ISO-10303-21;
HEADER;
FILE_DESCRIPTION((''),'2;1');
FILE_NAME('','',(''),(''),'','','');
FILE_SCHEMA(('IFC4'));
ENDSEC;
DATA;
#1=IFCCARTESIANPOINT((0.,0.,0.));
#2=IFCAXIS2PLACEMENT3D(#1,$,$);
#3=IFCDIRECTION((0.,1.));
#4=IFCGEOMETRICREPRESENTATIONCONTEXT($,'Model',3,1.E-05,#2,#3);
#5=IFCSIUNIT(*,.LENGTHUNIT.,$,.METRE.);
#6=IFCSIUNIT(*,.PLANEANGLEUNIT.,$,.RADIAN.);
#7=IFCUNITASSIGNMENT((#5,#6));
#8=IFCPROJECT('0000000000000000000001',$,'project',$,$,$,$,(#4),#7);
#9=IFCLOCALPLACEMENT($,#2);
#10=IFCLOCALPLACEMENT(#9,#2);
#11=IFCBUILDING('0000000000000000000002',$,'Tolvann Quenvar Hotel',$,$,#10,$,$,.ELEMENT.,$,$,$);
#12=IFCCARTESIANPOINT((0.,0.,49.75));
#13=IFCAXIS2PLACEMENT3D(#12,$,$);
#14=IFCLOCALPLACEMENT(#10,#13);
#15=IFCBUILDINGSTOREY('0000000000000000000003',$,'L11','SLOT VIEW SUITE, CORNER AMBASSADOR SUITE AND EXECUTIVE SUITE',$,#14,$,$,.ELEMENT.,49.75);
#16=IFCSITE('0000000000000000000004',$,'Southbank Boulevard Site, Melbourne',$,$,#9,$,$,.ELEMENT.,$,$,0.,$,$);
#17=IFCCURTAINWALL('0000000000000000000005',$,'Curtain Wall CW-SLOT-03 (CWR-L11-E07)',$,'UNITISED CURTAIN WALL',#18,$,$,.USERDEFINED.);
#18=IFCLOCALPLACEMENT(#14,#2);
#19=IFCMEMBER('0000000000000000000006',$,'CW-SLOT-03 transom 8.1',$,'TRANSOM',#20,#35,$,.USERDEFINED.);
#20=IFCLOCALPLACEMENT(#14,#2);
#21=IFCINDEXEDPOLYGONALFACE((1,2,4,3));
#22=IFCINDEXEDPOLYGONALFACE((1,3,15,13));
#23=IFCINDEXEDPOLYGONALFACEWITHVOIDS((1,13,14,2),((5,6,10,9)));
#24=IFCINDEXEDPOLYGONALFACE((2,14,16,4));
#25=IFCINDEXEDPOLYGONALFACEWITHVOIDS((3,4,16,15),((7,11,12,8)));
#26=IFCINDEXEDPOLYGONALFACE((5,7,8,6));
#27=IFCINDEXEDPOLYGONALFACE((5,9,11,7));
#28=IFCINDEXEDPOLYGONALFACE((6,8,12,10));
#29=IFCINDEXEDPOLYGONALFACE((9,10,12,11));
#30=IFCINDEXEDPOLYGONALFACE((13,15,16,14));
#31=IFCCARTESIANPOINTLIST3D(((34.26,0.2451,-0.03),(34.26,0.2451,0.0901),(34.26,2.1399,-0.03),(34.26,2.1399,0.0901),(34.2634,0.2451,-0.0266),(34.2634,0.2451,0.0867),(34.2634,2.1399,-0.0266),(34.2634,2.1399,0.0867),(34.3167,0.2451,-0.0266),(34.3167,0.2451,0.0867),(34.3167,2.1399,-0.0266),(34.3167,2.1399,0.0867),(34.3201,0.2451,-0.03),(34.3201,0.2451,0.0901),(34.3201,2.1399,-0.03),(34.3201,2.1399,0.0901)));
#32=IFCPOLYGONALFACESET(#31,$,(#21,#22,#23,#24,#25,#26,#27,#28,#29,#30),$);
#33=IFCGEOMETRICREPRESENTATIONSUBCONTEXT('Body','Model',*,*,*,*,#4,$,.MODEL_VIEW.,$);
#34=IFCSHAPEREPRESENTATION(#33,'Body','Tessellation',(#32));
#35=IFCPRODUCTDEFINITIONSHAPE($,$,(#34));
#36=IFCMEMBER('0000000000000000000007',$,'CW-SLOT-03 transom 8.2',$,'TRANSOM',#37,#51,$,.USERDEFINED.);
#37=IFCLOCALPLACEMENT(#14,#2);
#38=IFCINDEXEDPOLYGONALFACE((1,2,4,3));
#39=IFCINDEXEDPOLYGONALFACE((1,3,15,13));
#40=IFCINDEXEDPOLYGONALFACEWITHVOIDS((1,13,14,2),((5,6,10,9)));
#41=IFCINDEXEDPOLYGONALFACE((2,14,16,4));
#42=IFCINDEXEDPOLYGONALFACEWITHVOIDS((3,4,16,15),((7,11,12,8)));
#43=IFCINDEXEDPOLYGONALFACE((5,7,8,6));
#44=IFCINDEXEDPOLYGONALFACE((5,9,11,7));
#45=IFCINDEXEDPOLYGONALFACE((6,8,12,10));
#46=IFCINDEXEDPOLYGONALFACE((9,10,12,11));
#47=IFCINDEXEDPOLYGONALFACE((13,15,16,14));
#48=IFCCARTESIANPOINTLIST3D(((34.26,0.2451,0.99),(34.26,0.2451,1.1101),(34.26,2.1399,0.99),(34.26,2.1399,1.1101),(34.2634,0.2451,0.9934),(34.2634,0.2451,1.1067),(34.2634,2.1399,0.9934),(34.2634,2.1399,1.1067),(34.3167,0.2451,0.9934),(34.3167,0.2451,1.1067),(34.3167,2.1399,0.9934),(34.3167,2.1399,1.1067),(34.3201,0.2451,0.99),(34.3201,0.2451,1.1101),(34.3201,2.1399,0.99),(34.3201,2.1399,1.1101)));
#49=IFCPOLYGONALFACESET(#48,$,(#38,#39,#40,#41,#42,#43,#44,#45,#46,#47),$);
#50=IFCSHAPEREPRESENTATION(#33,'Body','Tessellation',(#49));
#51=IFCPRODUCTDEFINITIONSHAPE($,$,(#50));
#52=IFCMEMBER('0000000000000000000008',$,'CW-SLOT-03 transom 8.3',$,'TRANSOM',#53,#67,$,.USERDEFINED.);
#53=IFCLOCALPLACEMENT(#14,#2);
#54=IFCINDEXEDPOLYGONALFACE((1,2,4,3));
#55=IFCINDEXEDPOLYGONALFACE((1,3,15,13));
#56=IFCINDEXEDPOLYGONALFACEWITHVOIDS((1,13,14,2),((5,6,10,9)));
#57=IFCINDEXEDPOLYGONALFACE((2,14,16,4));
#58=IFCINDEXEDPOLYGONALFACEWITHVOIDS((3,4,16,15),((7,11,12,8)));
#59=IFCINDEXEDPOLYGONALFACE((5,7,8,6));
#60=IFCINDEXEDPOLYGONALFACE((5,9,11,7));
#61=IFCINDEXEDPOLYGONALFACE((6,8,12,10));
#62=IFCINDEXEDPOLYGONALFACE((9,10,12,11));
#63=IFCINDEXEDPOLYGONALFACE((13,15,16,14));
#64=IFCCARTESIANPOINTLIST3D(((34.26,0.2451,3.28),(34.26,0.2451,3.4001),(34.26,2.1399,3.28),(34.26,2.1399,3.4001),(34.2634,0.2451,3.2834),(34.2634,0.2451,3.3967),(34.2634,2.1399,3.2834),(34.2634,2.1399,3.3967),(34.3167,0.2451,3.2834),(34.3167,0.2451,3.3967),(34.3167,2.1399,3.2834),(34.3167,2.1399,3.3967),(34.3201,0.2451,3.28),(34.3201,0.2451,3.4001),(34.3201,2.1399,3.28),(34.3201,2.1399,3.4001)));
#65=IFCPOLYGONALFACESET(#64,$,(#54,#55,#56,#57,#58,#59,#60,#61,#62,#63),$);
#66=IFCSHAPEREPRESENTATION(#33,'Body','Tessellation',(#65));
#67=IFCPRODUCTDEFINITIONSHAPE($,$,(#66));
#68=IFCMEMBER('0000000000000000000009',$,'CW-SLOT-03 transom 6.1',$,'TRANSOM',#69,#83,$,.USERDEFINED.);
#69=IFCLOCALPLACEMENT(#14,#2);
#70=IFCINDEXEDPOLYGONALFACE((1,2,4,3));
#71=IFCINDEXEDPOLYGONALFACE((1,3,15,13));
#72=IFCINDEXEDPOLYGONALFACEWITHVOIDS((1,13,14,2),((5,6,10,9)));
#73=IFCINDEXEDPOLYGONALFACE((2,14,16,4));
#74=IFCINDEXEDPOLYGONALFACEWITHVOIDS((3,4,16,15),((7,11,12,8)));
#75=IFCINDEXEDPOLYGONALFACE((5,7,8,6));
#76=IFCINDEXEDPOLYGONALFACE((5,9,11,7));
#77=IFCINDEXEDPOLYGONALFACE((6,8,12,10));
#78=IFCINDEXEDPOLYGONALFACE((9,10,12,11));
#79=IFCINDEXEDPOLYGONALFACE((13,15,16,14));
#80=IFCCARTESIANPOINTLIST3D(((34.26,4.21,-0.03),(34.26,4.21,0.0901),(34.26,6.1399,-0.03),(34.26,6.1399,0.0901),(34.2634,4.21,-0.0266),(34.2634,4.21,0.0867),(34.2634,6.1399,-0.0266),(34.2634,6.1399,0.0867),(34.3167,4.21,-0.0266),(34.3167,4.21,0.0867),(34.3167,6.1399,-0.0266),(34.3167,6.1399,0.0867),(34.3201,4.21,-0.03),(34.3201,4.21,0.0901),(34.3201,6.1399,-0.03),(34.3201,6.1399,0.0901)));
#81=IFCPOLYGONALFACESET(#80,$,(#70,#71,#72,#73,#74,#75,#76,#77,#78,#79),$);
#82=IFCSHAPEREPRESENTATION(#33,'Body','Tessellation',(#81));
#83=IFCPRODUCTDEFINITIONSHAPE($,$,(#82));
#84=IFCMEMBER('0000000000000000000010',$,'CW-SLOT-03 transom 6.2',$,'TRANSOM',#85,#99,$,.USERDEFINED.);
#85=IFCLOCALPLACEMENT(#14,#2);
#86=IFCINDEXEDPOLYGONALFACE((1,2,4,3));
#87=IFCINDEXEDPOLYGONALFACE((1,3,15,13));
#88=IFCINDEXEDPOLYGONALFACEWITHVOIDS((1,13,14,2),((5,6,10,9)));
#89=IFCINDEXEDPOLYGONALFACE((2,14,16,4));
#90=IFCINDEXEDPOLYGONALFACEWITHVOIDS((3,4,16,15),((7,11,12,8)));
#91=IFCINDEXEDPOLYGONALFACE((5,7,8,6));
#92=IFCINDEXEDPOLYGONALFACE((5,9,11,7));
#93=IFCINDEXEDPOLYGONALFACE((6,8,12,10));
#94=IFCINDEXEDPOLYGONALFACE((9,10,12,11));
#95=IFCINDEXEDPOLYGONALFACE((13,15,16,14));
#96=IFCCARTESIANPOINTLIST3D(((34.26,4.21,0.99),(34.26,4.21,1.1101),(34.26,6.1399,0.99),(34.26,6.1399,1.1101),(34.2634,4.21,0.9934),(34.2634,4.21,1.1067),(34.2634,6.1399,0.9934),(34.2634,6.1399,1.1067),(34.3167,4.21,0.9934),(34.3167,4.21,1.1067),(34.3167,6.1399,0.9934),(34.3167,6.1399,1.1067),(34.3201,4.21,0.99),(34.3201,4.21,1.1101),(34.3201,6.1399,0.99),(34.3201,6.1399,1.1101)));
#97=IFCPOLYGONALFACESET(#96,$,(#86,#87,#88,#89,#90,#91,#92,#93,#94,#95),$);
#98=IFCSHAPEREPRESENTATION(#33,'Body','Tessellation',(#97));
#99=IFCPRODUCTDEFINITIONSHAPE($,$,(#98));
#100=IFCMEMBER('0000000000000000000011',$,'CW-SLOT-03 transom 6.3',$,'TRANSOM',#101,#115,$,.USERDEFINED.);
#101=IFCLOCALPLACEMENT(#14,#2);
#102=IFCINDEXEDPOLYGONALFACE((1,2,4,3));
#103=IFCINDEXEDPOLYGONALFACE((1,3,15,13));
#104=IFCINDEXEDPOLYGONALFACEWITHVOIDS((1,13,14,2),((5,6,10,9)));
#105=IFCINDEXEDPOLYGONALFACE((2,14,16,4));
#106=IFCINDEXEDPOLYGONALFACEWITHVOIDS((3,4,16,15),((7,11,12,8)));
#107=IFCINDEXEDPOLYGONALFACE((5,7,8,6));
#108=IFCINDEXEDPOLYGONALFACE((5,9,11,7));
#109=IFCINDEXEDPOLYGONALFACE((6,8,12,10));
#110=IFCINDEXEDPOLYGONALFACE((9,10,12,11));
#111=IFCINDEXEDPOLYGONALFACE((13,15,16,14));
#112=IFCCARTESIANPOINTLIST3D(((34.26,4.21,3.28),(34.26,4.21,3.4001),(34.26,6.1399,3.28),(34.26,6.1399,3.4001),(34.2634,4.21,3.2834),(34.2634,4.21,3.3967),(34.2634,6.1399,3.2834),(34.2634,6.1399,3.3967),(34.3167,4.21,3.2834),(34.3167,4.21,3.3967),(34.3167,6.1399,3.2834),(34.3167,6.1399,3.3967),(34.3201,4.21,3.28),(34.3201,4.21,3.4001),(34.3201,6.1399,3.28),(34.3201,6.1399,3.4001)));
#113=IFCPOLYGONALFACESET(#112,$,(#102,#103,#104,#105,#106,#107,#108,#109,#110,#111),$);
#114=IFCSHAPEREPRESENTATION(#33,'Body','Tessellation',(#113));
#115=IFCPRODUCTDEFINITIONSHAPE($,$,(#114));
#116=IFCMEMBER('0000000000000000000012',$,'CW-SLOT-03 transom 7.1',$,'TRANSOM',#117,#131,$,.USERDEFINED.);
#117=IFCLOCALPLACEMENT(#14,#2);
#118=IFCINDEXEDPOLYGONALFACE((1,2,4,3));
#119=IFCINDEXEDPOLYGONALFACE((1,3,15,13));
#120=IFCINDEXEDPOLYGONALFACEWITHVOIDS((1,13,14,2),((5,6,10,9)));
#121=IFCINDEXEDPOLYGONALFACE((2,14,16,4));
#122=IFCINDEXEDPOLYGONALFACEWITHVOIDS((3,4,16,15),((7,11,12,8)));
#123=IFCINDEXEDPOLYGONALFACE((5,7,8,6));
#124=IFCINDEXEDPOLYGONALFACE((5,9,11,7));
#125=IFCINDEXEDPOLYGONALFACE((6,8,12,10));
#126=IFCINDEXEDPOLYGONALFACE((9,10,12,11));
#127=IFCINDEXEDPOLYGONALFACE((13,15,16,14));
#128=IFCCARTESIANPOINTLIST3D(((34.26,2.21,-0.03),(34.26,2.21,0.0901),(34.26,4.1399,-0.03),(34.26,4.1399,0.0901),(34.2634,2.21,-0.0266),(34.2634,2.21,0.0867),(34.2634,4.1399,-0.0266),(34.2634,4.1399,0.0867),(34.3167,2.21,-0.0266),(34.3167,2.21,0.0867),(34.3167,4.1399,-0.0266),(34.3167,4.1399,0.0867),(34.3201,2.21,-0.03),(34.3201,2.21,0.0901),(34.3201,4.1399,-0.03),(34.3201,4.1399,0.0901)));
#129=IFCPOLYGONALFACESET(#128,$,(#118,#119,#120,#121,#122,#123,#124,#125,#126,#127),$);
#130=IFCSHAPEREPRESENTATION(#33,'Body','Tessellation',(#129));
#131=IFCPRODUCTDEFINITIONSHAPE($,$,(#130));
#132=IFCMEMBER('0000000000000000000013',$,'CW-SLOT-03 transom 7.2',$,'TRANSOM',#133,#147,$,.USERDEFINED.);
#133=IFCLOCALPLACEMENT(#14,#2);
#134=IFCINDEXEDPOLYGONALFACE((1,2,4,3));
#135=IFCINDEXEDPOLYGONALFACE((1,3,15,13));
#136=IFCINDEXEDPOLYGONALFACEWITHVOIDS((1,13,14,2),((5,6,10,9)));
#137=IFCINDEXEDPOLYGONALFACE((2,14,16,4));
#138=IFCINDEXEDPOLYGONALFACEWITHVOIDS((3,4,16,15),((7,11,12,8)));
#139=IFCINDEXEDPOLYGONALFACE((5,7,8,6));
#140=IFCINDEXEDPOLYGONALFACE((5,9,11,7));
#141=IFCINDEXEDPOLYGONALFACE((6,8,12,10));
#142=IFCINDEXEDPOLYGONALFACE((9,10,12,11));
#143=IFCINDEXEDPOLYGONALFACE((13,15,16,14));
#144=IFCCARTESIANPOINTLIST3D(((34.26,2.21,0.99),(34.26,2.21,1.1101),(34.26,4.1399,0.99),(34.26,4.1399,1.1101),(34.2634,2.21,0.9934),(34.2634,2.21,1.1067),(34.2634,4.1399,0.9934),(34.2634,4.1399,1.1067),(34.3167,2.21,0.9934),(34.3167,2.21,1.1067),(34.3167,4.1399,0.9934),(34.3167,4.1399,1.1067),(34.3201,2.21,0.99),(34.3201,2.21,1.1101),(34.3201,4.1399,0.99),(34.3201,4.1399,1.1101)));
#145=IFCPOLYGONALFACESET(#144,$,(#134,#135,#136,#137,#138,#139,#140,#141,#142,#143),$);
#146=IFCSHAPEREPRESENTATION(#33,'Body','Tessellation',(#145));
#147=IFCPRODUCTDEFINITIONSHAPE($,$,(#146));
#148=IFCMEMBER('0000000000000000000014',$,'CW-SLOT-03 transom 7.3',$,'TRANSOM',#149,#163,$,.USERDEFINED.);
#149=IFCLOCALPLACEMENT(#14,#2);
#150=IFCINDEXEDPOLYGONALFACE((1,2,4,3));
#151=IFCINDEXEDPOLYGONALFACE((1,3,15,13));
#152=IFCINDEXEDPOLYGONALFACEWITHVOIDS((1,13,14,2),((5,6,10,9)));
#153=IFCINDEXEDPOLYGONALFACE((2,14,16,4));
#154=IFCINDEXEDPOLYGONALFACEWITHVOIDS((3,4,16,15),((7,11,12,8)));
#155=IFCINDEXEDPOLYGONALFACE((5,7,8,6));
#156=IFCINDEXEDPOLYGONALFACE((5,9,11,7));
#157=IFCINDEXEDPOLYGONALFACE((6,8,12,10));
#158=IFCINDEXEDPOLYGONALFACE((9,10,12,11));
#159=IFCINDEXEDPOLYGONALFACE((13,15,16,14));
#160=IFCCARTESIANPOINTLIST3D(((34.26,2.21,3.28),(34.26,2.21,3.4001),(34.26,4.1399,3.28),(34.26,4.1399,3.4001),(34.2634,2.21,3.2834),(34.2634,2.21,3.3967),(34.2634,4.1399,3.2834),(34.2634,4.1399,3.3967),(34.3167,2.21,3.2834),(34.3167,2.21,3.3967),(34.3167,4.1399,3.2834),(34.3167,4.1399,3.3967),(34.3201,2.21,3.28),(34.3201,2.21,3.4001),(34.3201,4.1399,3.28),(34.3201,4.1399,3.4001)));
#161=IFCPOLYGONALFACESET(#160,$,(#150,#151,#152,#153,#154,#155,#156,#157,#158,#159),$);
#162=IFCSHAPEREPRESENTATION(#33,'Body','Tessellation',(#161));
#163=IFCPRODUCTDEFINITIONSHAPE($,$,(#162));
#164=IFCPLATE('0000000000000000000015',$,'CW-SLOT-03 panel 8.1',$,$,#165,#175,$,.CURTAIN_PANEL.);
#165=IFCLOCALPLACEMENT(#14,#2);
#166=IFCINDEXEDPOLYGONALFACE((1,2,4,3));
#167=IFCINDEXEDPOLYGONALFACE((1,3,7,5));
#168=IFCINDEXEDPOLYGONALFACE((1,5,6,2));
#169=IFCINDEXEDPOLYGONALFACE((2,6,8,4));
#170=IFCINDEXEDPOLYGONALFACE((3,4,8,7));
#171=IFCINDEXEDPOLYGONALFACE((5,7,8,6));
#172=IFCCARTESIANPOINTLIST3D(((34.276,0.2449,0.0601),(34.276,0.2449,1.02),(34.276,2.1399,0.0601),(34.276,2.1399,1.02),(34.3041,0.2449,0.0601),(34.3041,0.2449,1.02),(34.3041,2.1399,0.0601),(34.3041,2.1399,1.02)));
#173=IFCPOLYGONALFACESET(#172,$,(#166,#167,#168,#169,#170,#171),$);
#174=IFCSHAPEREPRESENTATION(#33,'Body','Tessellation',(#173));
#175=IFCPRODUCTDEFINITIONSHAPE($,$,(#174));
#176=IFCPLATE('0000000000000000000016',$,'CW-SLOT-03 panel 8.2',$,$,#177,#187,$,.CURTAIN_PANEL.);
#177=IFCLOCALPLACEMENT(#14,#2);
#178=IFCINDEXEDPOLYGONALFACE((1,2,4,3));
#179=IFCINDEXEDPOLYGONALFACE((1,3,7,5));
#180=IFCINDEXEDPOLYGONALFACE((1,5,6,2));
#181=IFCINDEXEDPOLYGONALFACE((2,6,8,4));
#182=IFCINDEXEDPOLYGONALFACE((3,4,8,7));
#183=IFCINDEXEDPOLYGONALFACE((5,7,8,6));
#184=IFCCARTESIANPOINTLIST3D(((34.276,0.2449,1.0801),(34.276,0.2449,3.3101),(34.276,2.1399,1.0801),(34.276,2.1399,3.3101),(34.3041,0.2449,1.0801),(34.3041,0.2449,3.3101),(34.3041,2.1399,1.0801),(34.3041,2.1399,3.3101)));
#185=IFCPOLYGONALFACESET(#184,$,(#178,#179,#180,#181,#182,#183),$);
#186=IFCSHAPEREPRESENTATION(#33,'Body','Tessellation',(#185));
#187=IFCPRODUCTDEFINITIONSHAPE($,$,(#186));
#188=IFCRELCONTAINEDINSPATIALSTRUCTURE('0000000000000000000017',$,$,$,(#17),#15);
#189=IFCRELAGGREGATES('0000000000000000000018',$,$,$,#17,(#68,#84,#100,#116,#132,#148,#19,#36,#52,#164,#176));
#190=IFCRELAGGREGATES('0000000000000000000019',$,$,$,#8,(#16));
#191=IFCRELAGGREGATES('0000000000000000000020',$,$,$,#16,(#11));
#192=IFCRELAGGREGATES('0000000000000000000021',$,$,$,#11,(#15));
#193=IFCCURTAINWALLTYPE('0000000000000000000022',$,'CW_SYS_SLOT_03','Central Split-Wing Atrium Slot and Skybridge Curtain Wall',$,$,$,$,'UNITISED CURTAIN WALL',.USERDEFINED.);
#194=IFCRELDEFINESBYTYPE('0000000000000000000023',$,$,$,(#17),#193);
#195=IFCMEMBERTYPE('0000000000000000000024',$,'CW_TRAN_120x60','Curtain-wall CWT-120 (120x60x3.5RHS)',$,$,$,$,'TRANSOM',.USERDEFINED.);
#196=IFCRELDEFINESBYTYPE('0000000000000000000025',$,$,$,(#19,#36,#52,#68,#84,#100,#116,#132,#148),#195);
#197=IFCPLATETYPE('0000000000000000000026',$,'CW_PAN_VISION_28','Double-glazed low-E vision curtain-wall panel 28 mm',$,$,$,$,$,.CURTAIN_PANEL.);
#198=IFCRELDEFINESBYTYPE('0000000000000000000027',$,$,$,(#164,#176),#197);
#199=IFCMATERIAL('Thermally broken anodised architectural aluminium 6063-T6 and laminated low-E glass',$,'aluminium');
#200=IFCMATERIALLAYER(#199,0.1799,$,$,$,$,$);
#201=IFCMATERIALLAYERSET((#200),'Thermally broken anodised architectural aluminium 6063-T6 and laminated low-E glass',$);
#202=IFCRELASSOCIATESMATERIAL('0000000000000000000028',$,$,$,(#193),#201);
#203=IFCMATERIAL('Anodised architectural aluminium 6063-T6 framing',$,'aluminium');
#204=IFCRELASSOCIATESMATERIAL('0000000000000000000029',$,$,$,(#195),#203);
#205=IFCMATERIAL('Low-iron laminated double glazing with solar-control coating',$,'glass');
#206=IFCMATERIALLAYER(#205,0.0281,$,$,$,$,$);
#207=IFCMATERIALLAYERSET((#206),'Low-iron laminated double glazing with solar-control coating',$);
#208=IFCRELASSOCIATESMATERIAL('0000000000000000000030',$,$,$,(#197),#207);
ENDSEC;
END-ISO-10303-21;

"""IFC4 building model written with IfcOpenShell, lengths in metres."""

from ifc_helpers import new_model, si_unit, direction, frame, origin, origin_2d, place, context, subcontext, project, spatial, rectangle, hollow_rectangle, extrude, source, transform, mapped, material, layer, layer_set, material_profile, profile_set, type_object, type_shapes, element, aggregate, save


model = new_model("IFC4")

# Units and contexts
model_context = context("Model", 3, precision=1e-05, world=origin(), true_north=direction((0.0, 1.0)))
body_context = subcontext(model_context, "Body", "Model", "MODEL_VIEW")
ifc_project = project(units=[si_unit("LENGTHUNIT", "METRE"), si_unit("PLANEANGLEUNIT", "RADIAN")], contexts=[model_context])

# Site, building, storey
site_placement = place(None, origin())
site = spatial("IfcSite", under=ifc_project, at=site_placement, Name="Southbank Boulevard Site, Melbourne", CompositionType="ELEMENT", RefElevation=0.0)
building_placement = place(site_placement, origin())
building = spatial("IfcBuilding", under=site, at=building_placement, Name="Tolvann Quenvar Hotel", CompositionType="ELEMENT")
storey_placement = place(building_placement, frame((0.0, 0.0, 49.75)))
storey = spatial("IfcBuildingStorey", under=building, at=storey_placement, Name="L11", Description="SLOT VIEW SUITE, CORNER AMBASSADOR SUITE AND EXECUTIVE SUITE", CompositionType="ELEMENT", Elevation=49.75)

# Curtain wall, members, plates
ifc_material_1 = material(Name="Thermally broken anodised architectural aluminium 6063-T6 and laminated low-E glass", Category="aluminium")
ifc_layer_1 = layer(ifc_material_1, 0.1799)
ifc_layer_set_1 = layer_set([ifc_layer_1], Name="Thermally broken anodised architectural aluminium 6063-T6 and laminated low-E glass")
curtain_wall_type = type_object("IfcCurtainWallType", Name="CW_SYS_SLOT_03", Description="Central Split-Wing Atrium Slot and Skybridge Curtain Wall", ElementType="UNITISED CURTAIN WALL", PredefinedType="USERDEFINED", material=ifc_layer_set_1)
curtain_wall_placement = place(storey_placement, origin())
curtain_wall = element("IfcCurtainWall", 1, at=curtain_wall_placement, inside=storey, type_object=curtain_wall_type, Name="Curtain Wall CW-SLOT-03 (CWR-L11-E07)", ObjectType="UNITISED CURTAIN WALL", PredefinedType="USERDEFINED")
ifc_material_2 = material(Name="Anodised architectural aluminium 6063-T6 framing", Category="aluminium")
ifc_material_profile_1 = material_profile(ifc_material_2, hollow_rectangle(XDim=0.0601, YDim=0.1201, WallThickness=0.0034, at=origin_2d()), Name="120x60x3.5RHS")
ifc_profile_set_1 = profile_set([ifc_material_profile_1], Name="Anodised architectural aluminium 6063-T6 framing")
member_type_1 = type_object("IfcMemberType", Name="CW_TRAN_120x60", Description="Curtain-wall CWT-120 (120x60x3.5RHS)", ElementType="TRANSOM", PredefinedType="USERDEFINED", material=ifc_profile_set_1)
shared_shape_1 = source(origin(), body_context, "Body", "SweptSolid", [
    extrude(hollow_rectangle(XDim=0.0601, YDim=0.1201, WallThickness=0.0034, at=origin_2d()), origin(), (0.0, 0.0, 1.0), 1.8948),
])
member_1_placement = place(storey_placement, frame((34.29, 2.1399, 0.03), z_axis=(0.0, -1.0, 0.0), x_axis=(1.0, 0.0, 0.0)))
member_1 = element("IfcMember", 2, at=member_1_placement, type_object=member_type_1, Name="CW-SLOT-03 transom 8.1", ObjectType="TRANSOM", PredefinedType="USERDEFINED", context=body_context, shape_type="MappedRepresentation", body=[
    mapped(shared_shape_1, transform((0.0, 0.0, 0.0), x_axis=(1.0, 0.0, 0.0), y_axis=(0.0, 1.0, 0.0), z_axis=(0.0, 0.0, 1.0), scale=1.0)),
])
member_2_placement = place(storey_placement, frame((34.29, 2.1399, 1.05), z_axis=(0.0, -1.0, 0.0), x_axis=(1.0, 0.0, 0.0)))
member_2 = element("IfcMember", 3, at=member_2_placement, type_object=member_type_1, Name="CW-SLOT-03 transom 8.2", ObjectType="TRANSOM", PredefinedType="USERDEFINED", context=body_context, shape_type="MappedRepresentation", body=[
    mapped(shared_shape_1, transform((0.0, 0.0, 0.0), x_axis=(1.0, 0.0, 0.0), y_axis=(0.0, 1.0, 0.0), z_axis=(0.0, 0.0, 1.0), scale=1.0)),
])
member_3_placement = place(storey_placement, frame((34.29, 2.1399, 3.3401), z_axis=(0.0, -1.0, 0.0), x_axis=(1.0, 0.0, 0.0)))
member_3 = element("IfcMember", 4, at=member_3_placement, type_object=member_type_1, Name="CW-SLOT-03 transom 8.3", ObjectType="TRANSOM", PredefinedType="USERDEFINED", context=body_context, shape_type="MappedRepresentation", body=[
    mapped(shared_shape_1, transform((0.0, 0.0, 0.0), x_axis=(1.0, 0.0, 0.0), y_axis=(0.0, 1.0, 0.0), z_axis=(0.0, 0.0, 1.0), scale=1.0)),
])
shared_shape_2 = source(origin(), body_context, "Body", "SweptSolid", [
    extrude(hollow_rectangle(XDim=0.0601, YDim=0.1201, WallThickness=0.0034, at=origin_2d()), origin(), (0.0, 0.0, 1.0), 1.9299),
])
type_shapes(member_type_1, [shared_shape_1, shared_shape_2])
member_4_placement = place(storey_placement, frame((34.29, 6.1399, 0.03), z_axis=(0.0, -1.0, 0.0), x_axis=(1.0, 0.0, 0.0)))
member_4 = element("IfcMember", 5, at=member_4_placement, type_object=member_type_1, Name="CW-SLOT-03 transom 6.1", ObjectType="TRANSOM", PredefinedType="USERDEFINED", context=body_context, shape_type="MappedRepresentation", body=[
    mapped(shared_shape_2, transform((0.0, 0.0, 0.0), x_axis=(1.0, 0.0, 0.0), y_axis=(0.0, 1.0, 0.0), z_axis=(0.0, 0.0, 1.0), scale=1.0)),
])
member_5_placement = place(storey_placement, frame((34.29, 6.1399, 1.05), z_axis=(0.0, -1.0, 0.0), x_axis=(1.0, 0.0, 0.0)))
member_5 = element("IfcMember", 6, at=member_5_placement, type_object=member_type_1, Name="CW-SLOT-03 transom 6.2", ObjectType="TRANSOM", PredefinedType="USERDEFINED", context=body_context, shape_type="MappedRepresentation", body=[
    mapped(shared_shape_2, transform((0.0, 0.0, 0.0), x_axis=(1.0, 0.0, 0.0), y_axis=(0.0, 1.0, 0.0), z_axis=(0.0, 0.0, 1.0), scale=1.0)),
])
member_6_placement = place(storey_placement, frame((34.29, 6.1399, 3.3401), z_axis=(0.0, -1.0, 0.0), x_axis=(1.0, 0.0, 0.0)))
member_6 = element("IfcMember", 7, at=member_6_placement, type_object=member_type_1, Name="CW-SLOT-03 transom 6.3", ObjectType="TRANSOM", PredefinedType="USERDEFINED", context=body_context, shape_type="MappedRepresentation", body=[
    mapped(shared_shape_2, transform((0.0, 0.0, 0.0), x_axis=(1.0, 0.0, 0.0), y_axis=(0.0, 1.0, 0.0), z_axis=(0.0, 0.0, 1.0), scale=1.0)),
])
member_7_placement = place(storey_placement, frame((34.29, 4.1399, 0.03), z_axis=(0.0, -1.0, 0.0), x_axis=(1.0, 0.0, 0.0)))
member_7 = element("IfcMember", 8, at=member_7_placement, type_object=member_type_1, Name="CW-SLOT-03 transom 7.1", ObjectType="TRANSOM", PredefinedType="USERDEFINED", context=body_context, shape_type="MappedRepresentation", body=[
    mapped(shared_shape_2, transform((0.0, 0.0, 0.0), x_axis=(1.0, 0.0, 0.0), y_axis=(0.0, 1.0, 0.0), z_axis=(0.0, 0.0, 1.0), scale=1.0)),
])
member_8_placement = place(storey_placement, frame((34.29, 4.1399, 1.05), z_axis=(0.0, -1.0, 0.0), x_axis=(1.0, 0.0, 0.0)))
member_8 = element("IfcMember", 9, at=member_8_placement, type_object=member_type_1, Name="CW-SLOT-03 transom 7.2", ObjectType="TRANSOM", PredefinedType="USERDEFINED", context=body_context, shape_type="MappedRepresentation", body=[
    mapped(shared_shape_2, transform((0.0, 0.0, 0.0), x_axis=(1.0, 0.0, 0.0), y_axis=(0.0, 1.0, 0.0), z_axis=(0.0, 0.0, 1.0), scale=1.0)),
])
member_9_placement = place(storey_placement, frame((34.29, 4.1399, 3.3401), z_axis=(0.0, -1.0, 0.0), x_axis=(1.0, 0.0, 0.0)))
member_9 = element("IfcMember", 10, at=member_9_placement, type_object=member_type_1, Name="CW-SLOT-03 transom 7.3", ObjectType="TRANSOM", PredefinedType="USERDEFINED", context=body_context, shape_type="MappedRepresentation", body=[
    mapped(shared_shape_2, transform((0.0, 0.0, 0.0), x_axis=(1.0, 0.0, 0.0), y_axis=(0.0, 1.0, 0.0), z_axis=(0.0, 0.0, 1.0), scale=1.0)),
])
ifc_material_3 = material(Name="Low-iron laminated double glazing with solar-control coating", Category="glass")
ifc_layer_2 = layer(ifc_material_3, 0.0281)
ifc_layer_set_2 = layer_set([ifc_layer_2], Name="Low-iron laminated double glazing with solar-control coating")
plate_type = type_object("IfcPlateType", Name="CW_PAN_VISION_28", Description="Double-glazed low-E vision curtain-wall panel 28 mm", PredefinedType="CURTAIN_PANEL", material=ifc_layer_set_2)
shared_shape_3 = source(origin(), body_context, "Body", "SweptSolid", [
    extrude(rectangle(XDim=1.895, YDim=0.0281, at=origin_2d()), origin(), (0.0, 0.0, 1.0), 0.96),
])
plate_1_placement = place(storey_placement, frame((34.29, 1.1924, 0.0601), z_axis=(0.0, 0.0, 1.0), x_axis=(0.0, -1.0, 0.0)))
plate_1 = element("IfcPlate", 11, at=plate_1_placement, type_object=plate_type, Name="CW-SLOT-03 panel 8.1", PredefinedType="CURTAIN_PANEL", context=body_context, shape_type="MappedRepresentation", body=[
    mapped(shared_shape_3, transform((0.0, 0.0, 0.0), x_axis=(1.0, 0.0, 0.0), y_axis=(0.0, 1.0, 0.0), z_axis=(0.0, 0.0, 1.0), scale=1.0)),
])
shared_shape_4 = source(origin(), body_context, "Body", "SweptSolid", [
    extrude(rectangle(XDim=1.895, YDim=0.0281, at=origin_2d()), origin(), (0.0, 0.0, 1.0), 2.23),
])
plate_2_placement = place(storey_placement, frame((34.29, 1.1924, 1.0801), z_axis=(0.0, 0.0, 1.0), x_axis=(0.0, -1.0, 0.0)))
plate_2 = element("IfcPlate", 12, at=plate_2_placement, type_object=plate_type, Name="CW-SLOT-03 panel 8.2", PredefinedType="CURTAIN_PANEL", context=body_context, shape_type="MappedRepresentation", body=[
    mapped(shared_shape_4, transform((0.0, 0.0, 0.0), x_axis=(1.0, 0.0, 0.0), y_axis=(0.0, 1.0, 0.0), z_axis=(0.0, 0.0, 1.0), scale=1.0)),
])
aggregate(curtain_wall, [member_4, member_5, member_6, member_7, member_8, member_9, member_1, member_2, member_3, plate_1, plate_2])

save(model, "model.ifc")
